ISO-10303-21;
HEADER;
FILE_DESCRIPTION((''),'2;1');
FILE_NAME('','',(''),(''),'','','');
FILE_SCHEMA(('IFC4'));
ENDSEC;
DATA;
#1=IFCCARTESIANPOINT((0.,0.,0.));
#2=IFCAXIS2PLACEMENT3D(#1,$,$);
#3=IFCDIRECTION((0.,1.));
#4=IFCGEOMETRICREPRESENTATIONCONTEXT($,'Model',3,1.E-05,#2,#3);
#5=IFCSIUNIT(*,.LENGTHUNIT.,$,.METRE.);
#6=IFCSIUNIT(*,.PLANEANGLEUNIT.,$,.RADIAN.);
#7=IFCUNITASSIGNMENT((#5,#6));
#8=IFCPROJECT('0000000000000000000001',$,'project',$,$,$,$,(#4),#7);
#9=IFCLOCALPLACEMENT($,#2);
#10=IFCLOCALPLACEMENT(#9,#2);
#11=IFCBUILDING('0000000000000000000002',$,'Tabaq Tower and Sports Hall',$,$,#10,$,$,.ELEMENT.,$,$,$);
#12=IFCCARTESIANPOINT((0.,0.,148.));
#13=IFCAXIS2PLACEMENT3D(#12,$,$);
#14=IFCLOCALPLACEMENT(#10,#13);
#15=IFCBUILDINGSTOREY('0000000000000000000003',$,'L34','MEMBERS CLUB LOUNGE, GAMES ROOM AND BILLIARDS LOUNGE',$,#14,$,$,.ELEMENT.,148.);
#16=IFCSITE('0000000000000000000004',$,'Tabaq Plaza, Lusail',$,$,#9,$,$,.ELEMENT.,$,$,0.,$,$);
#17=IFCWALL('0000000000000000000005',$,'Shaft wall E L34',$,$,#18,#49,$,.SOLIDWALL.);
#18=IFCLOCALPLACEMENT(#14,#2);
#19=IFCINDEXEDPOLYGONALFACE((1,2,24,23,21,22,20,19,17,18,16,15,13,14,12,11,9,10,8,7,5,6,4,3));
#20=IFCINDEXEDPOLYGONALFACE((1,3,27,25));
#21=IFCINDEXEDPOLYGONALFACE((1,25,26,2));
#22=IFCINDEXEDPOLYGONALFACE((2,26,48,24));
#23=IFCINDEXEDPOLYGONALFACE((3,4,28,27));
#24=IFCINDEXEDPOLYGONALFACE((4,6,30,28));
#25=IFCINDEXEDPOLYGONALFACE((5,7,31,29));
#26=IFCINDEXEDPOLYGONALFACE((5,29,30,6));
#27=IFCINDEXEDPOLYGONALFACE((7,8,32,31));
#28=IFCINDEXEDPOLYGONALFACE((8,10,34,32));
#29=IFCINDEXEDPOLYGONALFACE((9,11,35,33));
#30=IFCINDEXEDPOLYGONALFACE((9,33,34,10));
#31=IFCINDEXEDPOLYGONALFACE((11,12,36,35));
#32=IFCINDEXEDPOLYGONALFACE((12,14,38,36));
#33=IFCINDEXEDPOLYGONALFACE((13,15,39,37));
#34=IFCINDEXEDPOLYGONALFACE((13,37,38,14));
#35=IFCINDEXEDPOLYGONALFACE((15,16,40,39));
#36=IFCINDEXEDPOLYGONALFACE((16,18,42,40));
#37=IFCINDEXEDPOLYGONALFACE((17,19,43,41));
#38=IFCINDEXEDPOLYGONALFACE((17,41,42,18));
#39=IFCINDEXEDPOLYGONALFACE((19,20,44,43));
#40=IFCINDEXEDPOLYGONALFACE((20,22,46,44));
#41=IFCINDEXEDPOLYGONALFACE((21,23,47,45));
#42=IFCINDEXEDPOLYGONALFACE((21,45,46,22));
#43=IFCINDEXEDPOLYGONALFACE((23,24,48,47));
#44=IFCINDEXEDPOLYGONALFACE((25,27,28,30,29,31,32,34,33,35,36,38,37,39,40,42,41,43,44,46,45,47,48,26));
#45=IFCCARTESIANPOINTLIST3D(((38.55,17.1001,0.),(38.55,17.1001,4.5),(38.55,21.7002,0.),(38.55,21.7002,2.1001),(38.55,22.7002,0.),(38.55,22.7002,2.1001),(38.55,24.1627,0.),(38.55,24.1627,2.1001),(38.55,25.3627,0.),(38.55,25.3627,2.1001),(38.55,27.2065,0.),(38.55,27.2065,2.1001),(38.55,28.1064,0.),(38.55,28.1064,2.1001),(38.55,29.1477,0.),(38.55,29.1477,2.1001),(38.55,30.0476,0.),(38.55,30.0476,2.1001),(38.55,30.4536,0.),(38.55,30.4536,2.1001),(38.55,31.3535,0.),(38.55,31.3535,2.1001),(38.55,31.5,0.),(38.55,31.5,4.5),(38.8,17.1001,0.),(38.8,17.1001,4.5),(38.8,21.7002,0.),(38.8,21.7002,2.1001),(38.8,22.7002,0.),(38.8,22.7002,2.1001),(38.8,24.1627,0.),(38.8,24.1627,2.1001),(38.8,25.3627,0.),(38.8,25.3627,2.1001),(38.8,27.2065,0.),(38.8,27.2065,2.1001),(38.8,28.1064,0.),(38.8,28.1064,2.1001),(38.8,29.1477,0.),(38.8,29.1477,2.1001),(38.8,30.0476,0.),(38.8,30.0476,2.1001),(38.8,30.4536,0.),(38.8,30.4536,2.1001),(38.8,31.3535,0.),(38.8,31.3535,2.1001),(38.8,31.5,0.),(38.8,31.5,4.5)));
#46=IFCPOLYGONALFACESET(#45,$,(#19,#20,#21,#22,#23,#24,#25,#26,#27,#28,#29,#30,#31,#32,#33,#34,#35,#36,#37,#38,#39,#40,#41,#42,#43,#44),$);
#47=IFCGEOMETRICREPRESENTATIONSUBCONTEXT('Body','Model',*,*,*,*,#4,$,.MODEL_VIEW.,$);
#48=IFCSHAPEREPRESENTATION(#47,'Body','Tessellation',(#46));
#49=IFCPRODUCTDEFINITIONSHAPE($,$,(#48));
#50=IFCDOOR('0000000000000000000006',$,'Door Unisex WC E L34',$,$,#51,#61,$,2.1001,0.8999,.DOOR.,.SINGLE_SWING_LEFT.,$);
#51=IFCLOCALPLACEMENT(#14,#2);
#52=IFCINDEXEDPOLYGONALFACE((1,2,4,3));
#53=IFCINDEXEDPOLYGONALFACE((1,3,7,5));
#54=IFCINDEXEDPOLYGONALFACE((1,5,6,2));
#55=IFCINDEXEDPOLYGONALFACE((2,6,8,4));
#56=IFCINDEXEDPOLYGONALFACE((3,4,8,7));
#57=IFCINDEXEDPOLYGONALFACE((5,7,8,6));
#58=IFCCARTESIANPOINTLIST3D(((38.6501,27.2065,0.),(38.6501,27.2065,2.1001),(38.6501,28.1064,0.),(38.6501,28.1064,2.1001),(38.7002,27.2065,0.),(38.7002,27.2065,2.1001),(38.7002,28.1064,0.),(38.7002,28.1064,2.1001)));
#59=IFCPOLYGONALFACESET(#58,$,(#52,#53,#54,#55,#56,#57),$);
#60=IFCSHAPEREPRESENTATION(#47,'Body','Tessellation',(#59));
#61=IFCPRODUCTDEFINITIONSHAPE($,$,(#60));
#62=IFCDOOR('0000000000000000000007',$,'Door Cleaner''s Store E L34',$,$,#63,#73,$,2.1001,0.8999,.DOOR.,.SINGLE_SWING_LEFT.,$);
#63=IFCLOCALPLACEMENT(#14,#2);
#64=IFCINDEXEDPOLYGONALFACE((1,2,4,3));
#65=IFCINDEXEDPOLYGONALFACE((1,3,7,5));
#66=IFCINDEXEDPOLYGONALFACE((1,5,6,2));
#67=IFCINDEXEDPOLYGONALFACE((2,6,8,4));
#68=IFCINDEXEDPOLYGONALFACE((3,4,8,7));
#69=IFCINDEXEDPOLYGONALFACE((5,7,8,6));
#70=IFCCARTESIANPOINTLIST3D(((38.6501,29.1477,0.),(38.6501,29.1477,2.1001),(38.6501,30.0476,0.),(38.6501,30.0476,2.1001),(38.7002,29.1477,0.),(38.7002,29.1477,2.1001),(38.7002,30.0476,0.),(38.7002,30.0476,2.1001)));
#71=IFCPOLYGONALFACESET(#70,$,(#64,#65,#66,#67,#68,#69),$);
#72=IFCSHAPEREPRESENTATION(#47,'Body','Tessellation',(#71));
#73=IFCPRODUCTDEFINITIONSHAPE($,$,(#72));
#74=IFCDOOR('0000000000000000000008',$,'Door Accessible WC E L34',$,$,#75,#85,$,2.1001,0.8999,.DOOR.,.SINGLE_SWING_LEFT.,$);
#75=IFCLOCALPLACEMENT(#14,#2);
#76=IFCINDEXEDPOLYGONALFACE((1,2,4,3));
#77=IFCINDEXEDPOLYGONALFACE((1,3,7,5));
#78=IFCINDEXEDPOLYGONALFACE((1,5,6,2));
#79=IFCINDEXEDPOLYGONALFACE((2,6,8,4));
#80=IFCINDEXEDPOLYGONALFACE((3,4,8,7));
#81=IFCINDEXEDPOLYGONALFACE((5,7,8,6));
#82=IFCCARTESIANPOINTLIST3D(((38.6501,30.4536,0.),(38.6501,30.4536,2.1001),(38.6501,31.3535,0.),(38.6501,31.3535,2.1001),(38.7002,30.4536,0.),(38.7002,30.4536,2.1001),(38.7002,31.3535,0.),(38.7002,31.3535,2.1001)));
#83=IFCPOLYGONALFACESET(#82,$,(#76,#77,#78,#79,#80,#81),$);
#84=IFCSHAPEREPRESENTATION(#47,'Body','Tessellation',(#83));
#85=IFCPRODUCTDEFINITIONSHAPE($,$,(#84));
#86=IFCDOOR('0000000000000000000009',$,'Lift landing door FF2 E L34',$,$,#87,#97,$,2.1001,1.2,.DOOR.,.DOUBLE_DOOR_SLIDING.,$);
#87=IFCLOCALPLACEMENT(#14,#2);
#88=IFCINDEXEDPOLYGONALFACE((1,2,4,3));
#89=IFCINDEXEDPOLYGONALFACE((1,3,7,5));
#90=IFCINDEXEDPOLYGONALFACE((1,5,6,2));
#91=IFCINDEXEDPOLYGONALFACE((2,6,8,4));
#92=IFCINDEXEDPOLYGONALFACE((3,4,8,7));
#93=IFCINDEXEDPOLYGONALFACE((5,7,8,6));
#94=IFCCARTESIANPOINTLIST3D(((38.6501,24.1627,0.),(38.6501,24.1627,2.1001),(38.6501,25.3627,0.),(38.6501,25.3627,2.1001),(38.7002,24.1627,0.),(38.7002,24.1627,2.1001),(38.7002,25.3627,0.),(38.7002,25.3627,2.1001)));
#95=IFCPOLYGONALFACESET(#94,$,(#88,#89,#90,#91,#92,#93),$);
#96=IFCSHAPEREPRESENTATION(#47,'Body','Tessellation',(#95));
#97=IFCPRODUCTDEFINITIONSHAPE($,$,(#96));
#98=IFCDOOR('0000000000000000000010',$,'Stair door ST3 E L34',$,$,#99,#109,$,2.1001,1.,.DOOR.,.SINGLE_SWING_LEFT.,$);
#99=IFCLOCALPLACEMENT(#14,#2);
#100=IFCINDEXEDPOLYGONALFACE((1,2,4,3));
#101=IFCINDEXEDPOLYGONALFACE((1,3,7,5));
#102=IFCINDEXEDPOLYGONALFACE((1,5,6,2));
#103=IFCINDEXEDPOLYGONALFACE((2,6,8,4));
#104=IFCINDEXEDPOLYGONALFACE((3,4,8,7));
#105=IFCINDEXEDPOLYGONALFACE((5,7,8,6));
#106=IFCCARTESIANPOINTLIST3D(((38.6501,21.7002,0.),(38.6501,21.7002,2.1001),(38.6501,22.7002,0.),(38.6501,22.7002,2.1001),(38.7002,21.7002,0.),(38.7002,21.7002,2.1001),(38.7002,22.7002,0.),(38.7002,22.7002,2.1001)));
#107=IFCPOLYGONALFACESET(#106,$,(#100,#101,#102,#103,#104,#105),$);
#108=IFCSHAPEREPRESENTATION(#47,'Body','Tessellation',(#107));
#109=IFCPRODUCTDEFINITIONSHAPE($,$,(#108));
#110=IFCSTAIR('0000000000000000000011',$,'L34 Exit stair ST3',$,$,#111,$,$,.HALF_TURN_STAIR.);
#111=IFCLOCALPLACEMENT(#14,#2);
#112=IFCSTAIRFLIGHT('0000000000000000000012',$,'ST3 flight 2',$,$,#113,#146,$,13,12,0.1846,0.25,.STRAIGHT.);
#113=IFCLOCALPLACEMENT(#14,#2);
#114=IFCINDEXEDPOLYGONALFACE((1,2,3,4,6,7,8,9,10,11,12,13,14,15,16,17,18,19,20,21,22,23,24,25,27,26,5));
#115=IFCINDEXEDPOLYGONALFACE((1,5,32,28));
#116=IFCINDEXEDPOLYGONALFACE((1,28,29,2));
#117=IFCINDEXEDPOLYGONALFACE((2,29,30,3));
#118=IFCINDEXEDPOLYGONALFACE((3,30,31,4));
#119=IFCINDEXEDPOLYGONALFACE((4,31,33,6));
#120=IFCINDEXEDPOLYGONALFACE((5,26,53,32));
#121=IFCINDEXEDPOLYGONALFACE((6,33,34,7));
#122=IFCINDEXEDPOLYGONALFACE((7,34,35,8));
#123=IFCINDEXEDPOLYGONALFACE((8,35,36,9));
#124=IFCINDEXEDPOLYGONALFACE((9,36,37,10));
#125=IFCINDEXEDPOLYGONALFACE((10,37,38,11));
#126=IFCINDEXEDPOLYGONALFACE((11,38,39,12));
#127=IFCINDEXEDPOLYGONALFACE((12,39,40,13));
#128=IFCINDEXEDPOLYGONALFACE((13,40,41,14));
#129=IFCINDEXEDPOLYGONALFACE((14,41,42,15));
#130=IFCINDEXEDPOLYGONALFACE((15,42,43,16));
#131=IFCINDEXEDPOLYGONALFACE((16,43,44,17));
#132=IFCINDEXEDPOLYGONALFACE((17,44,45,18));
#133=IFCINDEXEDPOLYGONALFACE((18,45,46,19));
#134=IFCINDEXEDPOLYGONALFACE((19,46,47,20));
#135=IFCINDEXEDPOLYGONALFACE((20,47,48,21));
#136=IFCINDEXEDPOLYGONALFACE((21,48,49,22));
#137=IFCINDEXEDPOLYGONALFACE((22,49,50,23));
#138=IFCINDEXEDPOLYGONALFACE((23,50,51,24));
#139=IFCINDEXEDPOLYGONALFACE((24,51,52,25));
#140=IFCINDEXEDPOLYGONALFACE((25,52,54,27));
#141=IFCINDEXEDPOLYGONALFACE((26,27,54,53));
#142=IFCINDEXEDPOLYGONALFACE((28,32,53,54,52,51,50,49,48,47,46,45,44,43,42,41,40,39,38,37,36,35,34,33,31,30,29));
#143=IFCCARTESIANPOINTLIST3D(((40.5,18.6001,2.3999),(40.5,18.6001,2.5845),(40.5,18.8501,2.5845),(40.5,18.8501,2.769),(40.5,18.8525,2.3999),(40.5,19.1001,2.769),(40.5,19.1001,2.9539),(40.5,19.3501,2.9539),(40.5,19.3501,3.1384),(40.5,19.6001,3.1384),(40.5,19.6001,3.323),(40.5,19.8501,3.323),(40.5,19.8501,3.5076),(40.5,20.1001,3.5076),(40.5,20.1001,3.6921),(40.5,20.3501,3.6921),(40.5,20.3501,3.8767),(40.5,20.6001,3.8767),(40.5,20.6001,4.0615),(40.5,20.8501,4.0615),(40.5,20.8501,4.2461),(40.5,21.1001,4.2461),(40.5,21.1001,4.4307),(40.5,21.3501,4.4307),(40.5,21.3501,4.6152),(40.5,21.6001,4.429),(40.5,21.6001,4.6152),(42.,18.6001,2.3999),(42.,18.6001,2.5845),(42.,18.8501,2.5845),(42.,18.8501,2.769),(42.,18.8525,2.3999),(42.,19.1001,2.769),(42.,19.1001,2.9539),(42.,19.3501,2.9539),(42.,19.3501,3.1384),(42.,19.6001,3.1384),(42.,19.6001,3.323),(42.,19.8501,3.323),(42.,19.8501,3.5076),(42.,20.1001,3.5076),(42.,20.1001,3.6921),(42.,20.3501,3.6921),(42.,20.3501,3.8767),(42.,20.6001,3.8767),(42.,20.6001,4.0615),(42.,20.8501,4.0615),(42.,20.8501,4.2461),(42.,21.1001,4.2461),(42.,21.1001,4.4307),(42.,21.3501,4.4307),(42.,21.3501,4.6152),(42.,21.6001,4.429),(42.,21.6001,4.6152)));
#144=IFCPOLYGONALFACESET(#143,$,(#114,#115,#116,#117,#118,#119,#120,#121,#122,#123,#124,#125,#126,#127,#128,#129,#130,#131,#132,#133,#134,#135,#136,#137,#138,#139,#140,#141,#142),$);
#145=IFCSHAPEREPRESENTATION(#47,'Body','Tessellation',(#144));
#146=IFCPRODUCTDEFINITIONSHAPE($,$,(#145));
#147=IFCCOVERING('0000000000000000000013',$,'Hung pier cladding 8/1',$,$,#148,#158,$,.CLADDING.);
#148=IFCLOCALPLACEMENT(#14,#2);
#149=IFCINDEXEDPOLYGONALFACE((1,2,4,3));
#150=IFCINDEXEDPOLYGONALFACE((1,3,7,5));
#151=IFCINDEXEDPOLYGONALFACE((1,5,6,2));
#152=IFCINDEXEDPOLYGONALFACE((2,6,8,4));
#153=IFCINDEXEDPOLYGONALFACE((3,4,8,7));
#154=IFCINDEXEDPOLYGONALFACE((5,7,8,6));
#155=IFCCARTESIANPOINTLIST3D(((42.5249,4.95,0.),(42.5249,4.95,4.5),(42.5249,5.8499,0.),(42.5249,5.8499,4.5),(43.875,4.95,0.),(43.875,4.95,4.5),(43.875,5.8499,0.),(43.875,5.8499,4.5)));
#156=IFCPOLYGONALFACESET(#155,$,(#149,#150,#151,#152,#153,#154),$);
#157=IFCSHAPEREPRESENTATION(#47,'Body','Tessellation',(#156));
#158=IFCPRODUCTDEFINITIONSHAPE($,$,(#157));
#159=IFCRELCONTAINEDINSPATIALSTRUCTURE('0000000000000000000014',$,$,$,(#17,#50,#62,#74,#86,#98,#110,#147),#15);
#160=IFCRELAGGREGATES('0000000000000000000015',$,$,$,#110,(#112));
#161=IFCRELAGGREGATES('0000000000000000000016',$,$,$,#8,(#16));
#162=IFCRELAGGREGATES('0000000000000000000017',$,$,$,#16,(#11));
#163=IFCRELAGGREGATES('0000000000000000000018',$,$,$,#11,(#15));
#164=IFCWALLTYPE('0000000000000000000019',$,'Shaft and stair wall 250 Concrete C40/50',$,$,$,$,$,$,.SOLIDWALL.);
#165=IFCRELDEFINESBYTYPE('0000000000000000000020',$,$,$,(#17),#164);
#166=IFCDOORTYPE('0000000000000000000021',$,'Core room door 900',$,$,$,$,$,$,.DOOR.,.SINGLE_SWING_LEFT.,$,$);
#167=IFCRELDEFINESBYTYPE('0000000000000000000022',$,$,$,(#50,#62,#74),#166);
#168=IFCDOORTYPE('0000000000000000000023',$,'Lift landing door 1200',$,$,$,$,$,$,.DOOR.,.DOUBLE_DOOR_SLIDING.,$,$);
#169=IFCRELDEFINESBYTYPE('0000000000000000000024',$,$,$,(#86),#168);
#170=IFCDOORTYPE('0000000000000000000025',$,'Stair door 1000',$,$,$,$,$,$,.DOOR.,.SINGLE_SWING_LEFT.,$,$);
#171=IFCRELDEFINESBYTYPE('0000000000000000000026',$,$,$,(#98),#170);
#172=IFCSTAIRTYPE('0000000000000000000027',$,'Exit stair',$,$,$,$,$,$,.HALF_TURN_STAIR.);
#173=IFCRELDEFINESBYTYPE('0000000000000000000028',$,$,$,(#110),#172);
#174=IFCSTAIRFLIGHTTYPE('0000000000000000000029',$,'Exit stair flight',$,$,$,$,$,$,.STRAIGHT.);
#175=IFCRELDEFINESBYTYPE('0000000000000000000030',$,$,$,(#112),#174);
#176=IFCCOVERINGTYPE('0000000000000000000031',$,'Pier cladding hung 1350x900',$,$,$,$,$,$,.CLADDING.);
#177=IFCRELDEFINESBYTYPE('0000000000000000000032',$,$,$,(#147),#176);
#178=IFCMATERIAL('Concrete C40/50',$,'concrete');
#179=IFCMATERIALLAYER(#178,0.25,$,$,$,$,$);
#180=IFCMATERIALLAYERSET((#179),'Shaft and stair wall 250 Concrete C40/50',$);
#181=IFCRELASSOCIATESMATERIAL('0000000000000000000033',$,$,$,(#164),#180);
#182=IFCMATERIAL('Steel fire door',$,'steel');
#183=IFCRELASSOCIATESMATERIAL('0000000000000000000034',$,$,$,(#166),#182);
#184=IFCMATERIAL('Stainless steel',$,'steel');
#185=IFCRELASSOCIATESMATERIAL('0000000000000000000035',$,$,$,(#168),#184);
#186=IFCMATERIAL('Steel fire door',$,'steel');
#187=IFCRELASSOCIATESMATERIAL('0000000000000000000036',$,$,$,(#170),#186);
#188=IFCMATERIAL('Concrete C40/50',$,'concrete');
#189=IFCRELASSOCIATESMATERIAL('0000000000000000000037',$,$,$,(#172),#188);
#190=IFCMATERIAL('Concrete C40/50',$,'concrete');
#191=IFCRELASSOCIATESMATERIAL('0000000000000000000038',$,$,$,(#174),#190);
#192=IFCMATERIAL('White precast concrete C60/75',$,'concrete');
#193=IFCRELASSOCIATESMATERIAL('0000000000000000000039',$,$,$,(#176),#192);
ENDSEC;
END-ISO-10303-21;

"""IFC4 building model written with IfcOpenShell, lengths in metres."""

from ifc_helpers import new_model, si_unit, direction, frame, frame_2d, origin, place, context, subcontext, project, spatial, polyline, rectangle, outline, extrude, material, layer, layer_set, type_object, element, fill, aggregate, save


model = new_model("IFC4")

# Units and contexts
model_context = context("Model", 3, precision=1e-05, world=origin(), true_north=direction((0.0, 1.0)))
body_context = subcontext(model_context, "Body", "Model", "MODEL_VIEW")
ifc_project = project(units=[si_unit("LENGTHUNIT", "METRE"), si_unit("PLANEANGLEUNIT", "RADIAN")], contexts=[model_context])

# Site, building, storey
site_placement = place(None, origin())
site = spatial("IfcSite", under=ifc_project, at=site_placement, Name="Tabaq Plaza, Lusail", CompositionType="ELEMENT", RefElevation=0.0)
building_placement = place(site_placement, origin())
building = spatial("IfcBuilding", under=site, at=building_placement, Name="Tabaq Tower and Sports Hall", CompositionType="ELEMENT")
storey_placement = place(building_placement, frame((0.0, 0.0, 148.0)))
storey = spatial("IfcBuildingStorey", under=building, at=storey_placement, Name="L34", Description="MEMBERS CLUB LOUNGE, GAMES ROOM AND BILLIARDS LOUNGE", CompositionType="ELEMENT", Elevation=148.0)

# Wall, openings, doors
ifc_material_1 = material(Name="Concrete C40/50", Category="concrete")
ifc_layer_1 = layer(ifc_material_1, 0.25)
ifc_layer_set_1 = layer_set([ifc_layer_1], Name="Shaft and stair wall 250 Concrete C40/50")
wall_type_1 = type_object("IfcWallType", Name="Shaft and stair wall 250 Concrete C40/50", PredefinedType="SOLIDWALL", material=ifc_layer_set_1)
wall_1_placement = place(storey_placement, frame((38.675, 17.1001, 0.0), z_axis=(0.0, 0.0, 1.0), x_axis=(0.0, 1.0, 0.0)))
wall_1 = element("IfcWall", 1, at=wall_1_placement, inside=storey, type_object=wall_type_1, Name="Shaft wall E L34", PredefinedType="SOLIDWALL", context=body_context, shape_type="SweptSolid", body=[
    extrude(rectangle(XDim=14.3999, YDim=0.25, at=frame_2d((7.2, 0.0))), origin(), (0.0, 0.0, 1.0), 4.5),
])
opening_1_placement = place(wall_1_placement, frame((4.6001, 0.0, 0.0)))
opening_1 = element("IfcOpeningElement", 2, at=opening_1_placement, cuts=wall_1, PredefinedType="OPENING", context=body_context, shape_type="SweptSolid", body=[
    extrude(rectangle(XDim=1.0, YDim=2.1001, at=frame_2d((0.5, 1.05))), frame((0.0, 0.125, 0.0), z_axis=(0.0, -1.0, 0.0), x_axis=(1.0, 0.0, 0.0)), (0.0, 0.0, 1.0), 0.25),
])
opening_2_placement = place(wall_1_placement, frame((7.0625, 0.0, 0.0)))
opening_2 = element("IfcOpeningElement", 3, at=opening_2_placement, cuts=wall_1, PredefinedType="OPENING", context=body_context, shape_type="SweptSolid", body=[
    extrude(rectangle(XDim=1.2, YDim=2.1001, at=frame_2d((0.6001, 1.05))), frame((0.0, 0.125, 0.0), z_axis=(0.0, -1.0, 0.0), x_axis=(1.0, 0.0, 0.0)), (0.0, 0.0, 1.0), 0.25),
])
opening_3_placement = place(wall_1_placement, frame((10.1064, 0.0, 0.0)))
opening_3 = element("IfcOpeningElement", 4, at=opening_3_placement, cuts=wall_1, PredefinedType="OPENING", context=body_context, shape_type="SweptSolid", body=[
    extrude(rectangle(XDim=0.8999, YDim=2.1001, at=frame_2d((0.45, 1.05))), frame((0.0, 0.125, 0.0), z_axis=(0.0, -1.0, 0.0), x_axis=(1.0, 0.0, 0.0)), (0.0, 0.0, 1.0), 0.25),
])
opening_4_placement = place(wall_1_placement, frame((12.0476, 0.0, 0.0)))
opening_4 = element("IfcOpeningElement", 5, at=opening_4_placement, cuts=wall_1, PredefinedType="OPENING", context=body_context, shape_type="SweptSolid", body=[
    extrude(rectangle(XDim=0.8999, YDim=2.1001, at=frame_2d((0.45, 1.05))), frame((0.0, 0.125, 0.0), z_axis=(0.0, -1.0, 0.0), x_axis=(1.0, 0.0, 0.0)), (0.0, 0.0, 1.0), 0.25),
])
opening_5_placement = place(wall_1_placement, frame((13.3535, 0.0, 0.0)))
opening_5 = element("IfcOpeningElement", 6, at=opening_5_placement, cuts=wall_1, PredefinedType="OPENING", context=body_context, shape_type="SweptSolid", body=[
    extrude(rectangle(XDim=0.8999, YDim=2.1001, at=frame_2d((0.45, 1.05))), frame((0.0, 0.125, 0.0), z_axis=(0.0, -1.0, 0.0), x_axis=(1.0, 0.0, 0.0)), (0.0, 0.0, 1.0), 0.25),
])
ifc_material_2 = material(Name="Steel fire door", Category="steel")
door_type_1 = type_object("IfcDoorType", Name="Core room door 900", OperationType="SINGLE_SWING_LEFT", PredefinedType="DOOR", material=ifc_material_2)
door_1_placement = place(opening_3_placement, origin())
door_1 = element("IfcDoor", 7, at=door_1_placement, inside=storey, type_object=door_type_1, Name="Door Unisex WC E L34", OperationType="SINGLE_SWING_LEFT", OverallHeight=2.1001, OverallWidth=0.8999, PredefinedType="DOOR", context=body_context, shape_type="SweptSolid", body=[
    extrude(rectangle(XDim=0.8999, YDim=2.1001, at=frame_2d((0.45, 1.05))), frame((0.0, 0.0249, 0.0), z_axis=(0.0, -1.0, 0.0), x_axis=(1.0, 0.0, 0.0)), (0.0, 0.0, 1.0), 0.05),
])
fill(opening_3, door_1)
door_2_placement = place(opening_4_placement, origin())
door_2 = element("IfcDoor", 8, at=door_2_placement, inside=storey, type_object=door_type_1, Name="Door Cleaner's Store E L34", OperationType="SINGLE_SWING_LEFT", OverallHeight=2.1001, OverallWidth=0.8999, PredefinedType="DOOR", context=body_context, shape_type="SweptSolid", body=[
    extrude(rectangle(XDim=0.8999, YDim=2.1001, at=frame_2d((0.45, 1.05))), frame((0.0, 0.0249, 0.0), z_axis=(0.0, -1.0, 0.0), x_axis=(1.0, 0.0, 0.0)), (0.0, 0.0, 1.0), 0.05),
])
fill(opening_4, door_2)
door_3_placement = place(opening_5_placement, origin())
door_3 = element("IfcDoor", 9, at=door_3_placement, inside=storey, type_object=door_type_1, Name="Door Accessible WC E L34", OperationType="SINGLE_SWING_LEFT", OverallHeight=2.1001, OverallWidth=0.8999, PredefinedType="DOOR", context=body_context, shape_type="SweptSolid", body=[
    extrude(rectangle(XDim=0.8999, YDim=2.1001, at=frame_2d((0.45, 1.05))), frame((0.0, 0.0249, 0.0), z_axis=(0.0, -1.0, 0.0), x_axis=(1.0, 0.0, 0.0)), (0.0, 0.0, 1.0), 0.05),
])
fill(opening_5, door_3)
ifc_material_3 = material(Name="Stainless steel", Category="steel")
door_type_2 = type_object("IfcDoorType", Name="Lift landing door 1200", OperationType="DOUBLE_DOOR_SLIDING", PredefinedType="DOOR", material=ifc_material_3)
door_4_placement = place(opening_2_placement, origin())
door_4 = element("IfcDoor", 10, at=door_4_placement, inside=storey, type_object=door_type_2, Name="Lift landing door FF2 E L34", OperationType="DOUBLE_DOOR_SLIDING", OverallHeight=2.1001, OverallWidth=1.2, PredefinedType="DOOR", context=body_context, shape_type="SweptSolid", body=[
    extrude(rectangle(XDim=1.2, YDim=2.1001, at=frame_2d((0.6001, 1.05))), frame((0.0, 0.0249, 0.0), z_axis=(0.0, -1.0, 0.0), x_axis=(1.0, 0.0, 0.0)), (0.0, 0.0, 1.0), 0.05),
])
fill(opening_2, door_4)
ifc_material_4 = material(Name="Steel fire door", Category="steel")
door_type_3 = type_object("IfcDoorType", Name="Stair door 1000", OperationType="SINGLE_SWING_LEFT", PredefinedType="DOOR", material=ifc_material_4)
door_5_placement = place(opening_1_placement, origin())
door_5 = element("IfcDoor", 11, at=door_5_placement, inside=storey, type_object=door_type_3, Name="Stair door ST3 E L34", OperationType="SINGLE_SWING_LEFT", OverallHeight=2.1001, OverallWidth=1.0, PredefinedType="DOOR", context=body_context, shape_type="SweptSolid", body=[
    extrude(rectangle(XDim=1.0, YDim=2.1001, at=frame_2d((0.5, 1.05))), frame((0.0, 0.0249, 0.0), z_axis=(0.0, -1.0, 0.0), x_axis=(1.0, 0.0, 0.0)), (0.0, 0.0, 1.0), 0.05),
])
fill(opening_1, door_5)

# Stair, stair flight
ifc_material_5 = material(Name="Concrete C40/50", Category="concrete")
stair_type = type_object("IfcStairType", Name="Exit stair", PredefinedType="HALF_TURN_STAIR", material=ifc_material_5)
stair_placement = place(storey_placement, origin())
stair = element("IfcStair", 12, at=stair_placement, inside=storey, type_object=stair_type, Name="L34 Exit stair ST3", PredefinedType="HALF_TURN_STAIR")
ifc_material_6 = material(Name="Concrete C40/50", Category="concrete")
stair_flight_type = type_object("IfcStairFlightType", Name="Exit stair flight", PredefinedType="STRAIGHT", material=ifc_material_6)
stair_flight_placement = place(storey_placement, frame((41.25, 18.6001, 2.3999), z_axis=(0.0, 0.0, 1.0), x_axis=(0.0, 1.0, 0.0)))
stair_flight = element("IfcStairFlight", 13, at=stair_flight_placement, type_object=stair_flight_type, Name="ST3 flight 2", NumberOfRisers=13, NumberOfTreads=12, PredefinedType="STRAIGHT", RiserHeight=0.1846, TreadLength=0.25, context=body_context, shape_type="SweptSolid", body=[
    extrude(outline(polyline([(0.0, 0.0), (0.0, 0.1846), (0.25, 0.1846), (0.25, 0.3691), (0.5, 0.3691), (0.5, 0.554), (0.75, 0.554), (0.75, 0.7385), (1.0, 0.7385), (1.0, 0.9231), (1.25, 0.9231), (1.25, 1.1077), (1.5, 1.1077), (1.5, 1.2922), (1.75, 1.2922), (1.75, 1.4768), (2.0, 1.4768), (2.0, 1.6616), (2.25, 1.6616), (2.25, 1.8462), (2.5, 1.8462), (2.5, 2.0308), (2.75, 2.0308), (2.75, 2.2153), (3.0, 2.2153), (3.0, 2.3999), (3.0, 2.0291), (0.2524, 0.0), (0.0, 0.0)])), frame((0.0, 0.75, 0.0), z_axis=(0.0, -1.0, 0.0), x_axis=(1.0, 0.0, 0.0)), (0.0, 0.0, 1.0), 1.5),
])
aggregate(stair, [stair_flight])

# Covering
ifc_material_7 = material(Name="White precast concrete C60/75", Category="concrete")
covering_type = type_object("IfcCoveringType", Name="Pier cladding hung 1350x900", PredefinedType="CLADDING", material=ifc_material_7)
covering_placement = place(storey_placement, frame((42.5249, 5.3999, 0.0), z_axis=(0.0, 0.0, 1.0), x_axis=(1.0, 0.0, 0.0)))
element("IfcCovering", 14, at=covering_placement, inside=storey, type_object=covering_type, Name="Hung pier cladding 8/1", PredefinedType="CLADDING", context=body_context, shape_type="SweptSolid", body=[
    extrude(rectangle(XDim=1.3501, YDim=0.8999, at=frame_2d((0.675, 0.0))), origin(), (0.0, 0.0, 1.0), 4.5),
])

save(model, "model.ifc")
